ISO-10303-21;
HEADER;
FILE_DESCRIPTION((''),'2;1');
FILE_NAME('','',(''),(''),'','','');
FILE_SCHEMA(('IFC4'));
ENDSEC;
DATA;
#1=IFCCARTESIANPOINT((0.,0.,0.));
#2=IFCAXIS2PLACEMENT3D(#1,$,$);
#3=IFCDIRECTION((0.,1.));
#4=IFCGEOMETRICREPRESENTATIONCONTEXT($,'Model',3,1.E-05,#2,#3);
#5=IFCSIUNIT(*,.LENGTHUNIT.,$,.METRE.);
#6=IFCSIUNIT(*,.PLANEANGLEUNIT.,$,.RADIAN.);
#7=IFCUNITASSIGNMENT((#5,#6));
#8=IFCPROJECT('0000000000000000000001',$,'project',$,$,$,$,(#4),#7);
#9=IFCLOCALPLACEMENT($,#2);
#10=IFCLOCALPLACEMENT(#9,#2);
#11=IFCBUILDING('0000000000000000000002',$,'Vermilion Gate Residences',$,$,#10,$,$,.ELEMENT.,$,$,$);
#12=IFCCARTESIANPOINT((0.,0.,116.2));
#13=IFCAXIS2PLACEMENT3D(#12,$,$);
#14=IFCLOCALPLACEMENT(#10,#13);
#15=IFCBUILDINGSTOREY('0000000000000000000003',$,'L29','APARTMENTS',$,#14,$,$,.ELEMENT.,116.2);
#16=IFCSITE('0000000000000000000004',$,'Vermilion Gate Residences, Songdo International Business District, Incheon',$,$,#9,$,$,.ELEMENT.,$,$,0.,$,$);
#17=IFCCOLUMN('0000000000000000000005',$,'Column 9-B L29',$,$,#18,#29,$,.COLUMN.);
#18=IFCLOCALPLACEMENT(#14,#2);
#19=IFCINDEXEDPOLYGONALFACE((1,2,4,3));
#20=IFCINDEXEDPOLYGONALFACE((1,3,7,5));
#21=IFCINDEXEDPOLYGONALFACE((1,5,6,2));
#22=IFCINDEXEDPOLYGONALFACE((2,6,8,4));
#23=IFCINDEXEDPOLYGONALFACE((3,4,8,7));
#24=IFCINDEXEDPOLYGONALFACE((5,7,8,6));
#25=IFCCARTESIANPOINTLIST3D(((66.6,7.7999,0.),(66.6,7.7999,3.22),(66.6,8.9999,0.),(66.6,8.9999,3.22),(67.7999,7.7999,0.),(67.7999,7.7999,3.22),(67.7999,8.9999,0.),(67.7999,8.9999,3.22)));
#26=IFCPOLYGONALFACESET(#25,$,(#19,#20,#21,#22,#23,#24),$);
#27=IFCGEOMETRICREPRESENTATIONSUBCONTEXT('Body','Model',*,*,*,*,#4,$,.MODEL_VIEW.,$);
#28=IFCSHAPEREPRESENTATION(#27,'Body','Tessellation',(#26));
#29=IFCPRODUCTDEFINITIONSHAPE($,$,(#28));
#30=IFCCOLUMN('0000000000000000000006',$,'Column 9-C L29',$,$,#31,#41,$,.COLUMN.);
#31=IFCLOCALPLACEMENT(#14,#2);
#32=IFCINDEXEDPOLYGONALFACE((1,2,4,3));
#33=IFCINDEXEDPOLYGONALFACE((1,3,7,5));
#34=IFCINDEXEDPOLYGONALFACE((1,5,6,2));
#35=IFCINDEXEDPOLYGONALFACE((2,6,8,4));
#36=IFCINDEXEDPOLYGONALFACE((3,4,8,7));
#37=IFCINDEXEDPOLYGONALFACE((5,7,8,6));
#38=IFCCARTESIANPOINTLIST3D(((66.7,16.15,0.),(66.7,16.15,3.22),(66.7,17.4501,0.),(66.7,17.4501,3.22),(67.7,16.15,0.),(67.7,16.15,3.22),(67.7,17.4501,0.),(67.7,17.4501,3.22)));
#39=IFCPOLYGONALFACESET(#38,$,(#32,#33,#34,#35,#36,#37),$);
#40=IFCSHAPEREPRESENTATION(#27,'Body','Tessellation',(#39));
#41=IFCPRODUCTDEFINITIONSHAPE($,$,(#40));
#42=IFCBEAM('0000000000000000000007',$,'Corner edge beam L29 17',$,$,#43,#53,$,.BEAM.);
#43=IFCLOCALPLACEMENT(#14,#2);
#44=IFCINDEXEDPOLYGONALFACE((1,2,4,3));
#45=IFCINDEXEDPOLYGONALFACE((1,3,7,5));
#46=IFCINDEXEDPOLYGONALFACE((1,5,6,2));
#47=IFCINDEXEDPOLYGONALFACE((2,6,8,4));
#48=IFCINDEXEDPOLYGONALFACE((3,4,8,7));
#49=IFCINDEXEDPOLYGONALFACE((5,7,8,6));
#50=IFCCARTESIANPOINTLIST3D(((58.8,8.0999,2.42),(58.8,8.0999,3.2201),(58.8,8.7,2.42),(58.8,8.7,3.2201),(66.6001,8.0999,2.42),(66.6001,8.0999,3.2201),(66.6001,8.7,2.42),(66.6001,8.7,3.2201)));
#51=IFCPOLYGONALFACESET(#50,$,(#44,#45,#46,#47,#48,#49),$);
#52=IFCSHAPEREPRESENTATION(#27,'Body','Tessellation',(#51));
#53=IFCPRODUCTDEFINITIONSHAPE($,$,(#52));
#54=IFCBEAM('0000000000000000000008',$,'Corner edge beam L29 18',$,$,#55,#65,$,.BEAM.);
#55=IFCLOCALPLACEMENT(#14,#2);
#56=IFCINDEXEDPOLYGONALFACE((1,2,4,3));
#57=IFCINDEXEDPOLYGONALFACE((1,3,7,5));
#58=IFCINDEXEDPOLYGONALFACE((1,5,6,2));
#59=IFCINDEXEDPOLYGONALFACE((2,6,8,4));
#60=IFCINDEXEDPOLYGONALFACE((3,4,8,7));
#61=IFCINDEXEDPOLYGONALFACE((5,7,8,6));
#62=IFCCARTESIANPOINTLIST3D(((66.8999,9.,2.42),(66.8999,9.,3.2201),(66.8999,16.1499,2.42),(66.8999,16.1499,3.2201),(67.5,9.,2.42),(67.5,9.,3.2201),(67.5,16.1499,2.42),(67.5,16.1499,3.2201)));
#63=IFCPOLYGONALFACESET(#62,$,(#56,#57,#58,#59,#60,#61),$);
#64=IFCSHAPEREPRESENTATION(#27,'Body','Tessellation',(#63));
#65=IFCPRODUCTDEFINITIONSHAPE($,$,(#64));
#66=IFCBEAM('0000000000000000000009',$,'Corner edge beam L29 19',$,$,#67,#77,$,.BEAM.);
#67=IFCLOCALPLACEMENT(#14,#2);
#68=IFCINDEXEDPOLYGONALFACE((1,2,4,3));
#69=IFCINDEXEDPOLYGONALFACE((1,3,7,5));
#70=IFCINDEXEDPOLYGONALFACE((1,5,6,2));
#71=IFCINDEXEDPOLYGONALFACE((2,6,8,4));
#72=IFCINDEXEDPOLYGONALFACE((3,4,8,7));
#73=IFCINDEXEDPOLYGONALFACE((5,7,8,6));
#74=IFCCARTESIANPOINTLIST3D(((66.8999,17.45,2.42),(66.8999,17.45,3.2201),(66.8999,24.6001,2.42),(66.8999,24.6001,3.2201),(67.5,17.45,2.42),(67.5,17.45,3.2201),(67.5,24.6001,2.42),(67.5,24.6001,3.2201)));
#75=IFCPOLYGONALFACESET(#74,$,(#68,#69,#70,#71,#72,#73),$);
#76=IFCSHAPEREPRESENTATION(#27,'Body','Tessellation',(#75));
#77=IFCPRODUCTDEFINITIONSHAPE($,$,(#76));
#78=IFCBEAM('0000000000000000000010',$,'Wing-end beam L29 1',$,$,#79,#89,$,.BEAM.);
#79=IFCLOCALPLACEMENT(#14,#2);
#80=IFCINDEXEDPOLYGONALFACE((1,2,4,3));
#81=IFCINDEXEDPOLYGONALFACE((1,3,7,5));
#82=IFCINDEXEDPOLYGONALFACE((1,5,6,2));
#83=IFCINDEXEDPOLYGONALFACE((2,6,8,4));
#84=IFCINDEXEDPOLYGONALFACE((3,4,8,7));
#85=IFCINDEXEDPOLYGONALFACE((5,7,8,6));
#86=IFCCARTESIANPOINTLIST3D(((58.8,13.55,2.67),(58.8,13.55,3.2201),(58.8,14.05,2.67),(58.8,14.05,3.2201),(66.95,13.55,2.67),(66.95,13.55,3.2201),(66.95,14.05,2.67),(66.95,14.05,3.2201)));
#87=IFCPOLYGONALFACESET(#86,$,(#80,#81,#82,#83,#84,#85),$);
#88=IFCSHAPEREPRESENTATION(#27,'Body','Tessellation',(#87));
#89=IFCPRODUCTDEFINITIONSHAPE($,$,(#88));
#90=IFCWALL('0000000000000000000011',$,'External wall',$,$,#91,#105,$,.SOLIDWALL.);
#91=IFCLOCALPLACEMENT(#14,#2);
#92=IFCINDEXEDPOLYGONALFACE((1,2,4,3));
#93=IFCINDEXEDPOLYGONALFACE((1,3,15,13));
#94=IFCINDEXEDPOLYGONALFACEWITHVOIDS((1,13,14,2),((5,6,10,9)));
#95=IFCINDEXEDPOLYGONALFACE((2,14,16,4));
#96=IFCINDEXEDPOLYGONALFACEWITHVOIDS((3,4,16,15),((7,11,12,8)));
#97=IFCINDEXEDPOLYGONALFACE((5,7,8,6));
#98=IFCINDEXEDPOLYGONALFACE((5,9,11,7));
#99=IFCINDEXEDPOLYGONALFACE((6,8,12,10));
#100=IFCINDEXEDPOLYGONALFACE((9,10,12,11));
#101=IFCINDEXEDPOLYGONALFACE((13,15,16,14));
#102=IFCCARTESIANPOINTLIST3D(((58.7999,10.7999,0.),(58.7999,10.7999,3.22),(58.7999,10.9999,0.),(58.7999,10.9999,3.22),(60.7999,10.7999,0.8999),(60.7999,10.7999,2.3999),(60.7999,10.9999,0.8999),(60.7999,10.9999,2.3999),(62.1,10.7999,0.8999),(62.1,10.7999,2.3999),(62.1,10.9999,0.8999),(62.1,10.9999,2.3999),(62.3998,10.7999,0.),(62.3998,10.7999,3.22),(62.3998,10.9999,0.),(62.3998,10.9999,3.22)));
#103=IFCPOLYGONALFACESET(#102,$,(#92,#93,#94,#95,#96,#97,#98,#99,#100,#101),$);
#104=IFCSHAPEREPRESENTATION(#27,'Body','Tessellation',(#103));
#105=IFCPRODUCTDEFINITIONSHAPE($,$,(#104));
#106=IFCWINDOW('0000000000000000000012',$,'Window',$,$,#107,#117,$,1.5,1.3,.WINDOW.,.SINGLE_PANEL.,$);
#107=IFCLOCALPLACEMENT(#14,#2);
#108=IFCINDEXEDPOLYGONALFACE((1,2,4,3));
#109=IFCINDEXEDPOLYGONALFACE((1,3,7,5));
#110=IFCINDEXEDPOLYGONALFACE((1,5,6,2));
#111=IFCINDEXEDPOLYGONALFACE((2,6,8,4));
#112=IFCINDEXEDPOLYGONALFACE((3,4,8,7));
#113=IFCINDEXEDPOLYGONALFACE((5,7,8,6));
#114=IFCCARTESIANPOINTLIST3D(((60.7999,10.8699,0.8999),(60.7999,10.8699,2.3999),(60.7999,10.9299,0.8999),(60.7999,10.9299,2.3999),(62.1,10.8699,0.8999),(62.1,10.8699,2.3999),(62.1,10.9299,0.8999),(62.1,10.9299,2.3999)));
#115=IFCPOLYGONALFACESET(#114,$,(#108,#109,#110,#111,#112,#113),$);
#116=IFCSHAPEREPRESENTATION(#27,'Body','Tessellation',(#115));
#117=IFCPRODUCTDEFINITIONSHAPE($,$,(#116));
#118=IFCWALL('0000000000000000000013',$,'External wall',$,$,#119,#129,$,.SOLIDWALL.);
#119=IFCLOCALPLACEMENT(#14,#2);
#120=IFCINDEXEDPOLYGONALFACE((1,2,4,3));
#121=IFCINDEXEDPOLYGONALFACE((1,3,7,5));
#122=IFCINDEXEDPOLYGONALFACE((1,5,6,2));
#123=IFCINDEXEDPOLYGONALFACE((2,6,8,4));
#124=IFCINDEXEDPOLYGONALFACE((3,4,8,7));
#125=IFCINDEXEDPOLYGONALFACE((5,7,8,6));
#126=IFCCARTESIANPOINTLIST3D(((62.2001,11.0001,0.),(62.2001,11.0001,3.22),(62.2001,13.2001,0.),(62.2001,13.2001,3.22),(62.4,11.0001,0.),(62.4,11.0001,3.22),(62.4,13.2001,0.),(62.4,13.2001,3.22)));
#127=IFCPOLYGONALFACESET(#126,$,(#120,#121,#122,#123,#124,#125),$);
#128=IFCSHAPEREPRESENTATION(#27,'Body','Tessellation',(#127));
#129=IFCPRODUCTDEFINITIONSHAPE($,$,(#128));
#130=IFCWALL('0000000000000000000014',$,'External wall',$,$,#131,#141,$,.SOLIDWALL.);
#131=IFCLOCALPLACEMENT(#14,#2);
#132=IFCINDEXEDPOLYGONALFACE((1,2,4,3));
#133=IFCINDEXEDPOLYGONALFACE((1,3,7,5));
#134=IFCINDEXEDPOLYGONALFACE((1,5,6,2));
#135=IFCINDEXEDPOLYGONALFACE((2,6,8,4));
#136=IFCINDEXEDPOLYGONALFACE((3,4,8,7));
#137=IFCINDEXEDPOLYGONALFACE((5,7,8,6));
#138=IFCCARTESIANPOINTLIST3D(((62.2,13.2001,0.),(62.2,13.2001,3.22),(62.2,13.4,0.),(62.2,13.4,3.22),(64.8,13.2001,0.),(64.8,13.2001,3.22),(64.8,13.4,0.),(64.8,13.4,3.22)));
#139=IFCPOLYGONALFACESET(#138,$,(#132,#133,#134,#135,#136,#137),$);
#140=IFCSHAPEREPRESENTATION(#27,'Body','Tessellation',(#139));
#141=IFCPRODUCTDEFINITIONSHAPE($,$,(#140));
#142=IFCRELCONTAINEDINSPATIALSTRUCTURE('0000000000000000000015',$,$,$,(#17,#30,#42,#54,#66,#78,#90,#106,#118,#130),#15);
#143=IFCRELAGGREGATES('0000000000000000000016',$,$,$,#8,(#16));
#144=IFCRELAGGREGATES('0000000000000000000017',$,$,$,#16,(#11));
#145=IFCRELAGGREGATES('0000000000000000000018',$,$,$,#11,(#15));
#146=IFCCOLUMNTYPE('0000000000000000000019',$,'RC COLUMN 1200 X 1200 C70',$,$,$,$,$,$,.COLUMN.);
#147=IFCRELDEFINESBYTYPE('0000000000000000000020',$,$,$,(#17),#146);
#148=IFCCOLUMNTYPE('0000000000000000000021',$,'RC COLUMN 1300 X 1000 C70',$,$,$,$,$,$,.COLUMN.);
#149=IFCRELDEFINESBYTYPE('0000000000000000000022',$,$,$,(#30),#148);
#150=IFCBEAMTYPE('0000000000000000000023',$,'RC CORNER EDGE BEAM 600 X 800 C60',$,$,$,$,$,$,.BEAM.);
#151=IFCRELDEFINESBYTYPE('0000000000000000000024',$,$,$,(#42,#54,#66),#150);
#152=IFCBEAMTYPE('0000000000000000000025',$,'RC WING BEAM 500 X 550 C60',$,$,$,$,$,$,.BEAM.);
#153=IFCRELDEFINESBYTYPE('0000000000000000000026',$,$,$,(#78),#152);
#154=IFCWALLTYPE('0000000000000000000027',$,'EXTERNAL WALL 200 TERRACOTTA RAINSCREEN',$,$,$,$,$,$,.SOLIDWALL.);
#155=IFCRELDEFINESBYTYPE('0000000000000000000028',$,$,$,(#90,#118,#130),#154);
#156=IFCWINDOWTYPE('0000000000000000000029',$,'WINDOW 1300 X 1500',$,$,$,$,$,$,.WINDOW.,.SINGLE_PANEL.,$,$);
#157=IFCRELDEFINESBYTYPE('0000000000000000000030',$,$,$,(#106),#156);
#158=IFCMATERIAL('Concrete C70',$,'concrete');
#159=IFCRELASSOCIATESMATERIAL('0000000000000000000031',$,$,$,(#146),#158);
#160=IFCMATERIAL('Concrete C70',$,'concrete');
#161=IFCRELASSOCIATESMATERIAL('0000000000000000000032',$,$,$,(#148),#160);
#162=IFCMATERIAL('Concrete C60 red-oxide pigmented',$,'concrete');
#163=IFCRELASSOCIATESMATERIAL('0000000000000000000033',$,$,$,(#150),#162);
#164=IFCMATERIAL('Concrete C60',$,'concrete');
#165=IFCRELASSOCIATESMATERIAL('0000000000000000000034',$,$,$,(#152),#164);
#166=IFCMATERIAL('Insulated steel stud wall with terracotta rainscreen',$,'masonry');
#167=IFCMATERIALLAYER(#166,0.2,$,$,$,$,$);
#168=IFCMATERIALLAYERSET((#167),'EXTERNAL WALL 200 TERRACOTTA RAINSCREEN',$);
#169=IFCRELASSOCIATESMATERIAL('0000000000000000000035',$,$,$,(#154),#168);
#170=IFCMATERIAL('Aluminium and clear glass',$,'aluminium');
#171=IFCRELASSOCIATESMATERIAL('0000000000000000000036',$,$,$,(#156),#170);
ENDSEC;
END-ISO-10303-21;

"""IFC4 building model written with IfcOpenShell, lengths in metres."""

from ifc_helpers import new_model, si_unit, direction, frame, frame_2d, origin, origin_2d, place, context, subcontext, project, spatial, rectangle, extrude, material, layer, layer_set, material_profile, profile_set, type_object, element, fill, save


model = new_model("IFC4")

# Units and contexts
model_context = context("Model", 3, precision=1e-05, world=origin(), true_north=direction((0.0, 1.0)))
body_context = subcontext(model_context, "Body", "Model", "MODEL_VIEW")
ifc_project = project(units=[si_unit("LENGTHUNIT", "METRE"), si_unit("PLANEANGLEUNIT", "RADIAN")], contexts=[model_context])

# Site, building, storey
site_placement = place(None, origin())
site = spatial("IfcSite", under=ifc_project, at=site_placement, Name="Vermilion Gate Residences, Songdo International Business District, Incheon", CompositionType="ELEMENT", RefElevation=0.0)
building_placement = place(site_placement, origin())
building = spatial("IfcBuilding", under=site, at=building_placement, Name="Vermilion Gate Residences", CompositionType="ELEMENT")
storey_placement = place(building_placement, frame((0.0, 0.0, 116.2)))
storey = spatial("IfcBuildingStorey", under=building, at=storey_placement, Name="L29", Description="APARTMENTS", CompositionType="ELEMENT", Elevation=116.2)

# Columns
ifc_material_1 = material(Name="Concrete C70", Category="concrete")
ifc_material_profile_1 = material_profile(ifc_material_1, rectangle(XDim=1.2, YDim=1.2, at=origin_2d()), Name="RC-1200x1200")
ifc_profile_set_1 = profile_set([ifc_material_profile_1], Name="Concrete C70")
column_type_1 = type_object("IfcColumnType", Name="RC COLUMN 1200 X 1200 C70", PredefinedType="COLUMN", material=ifc_profile_set_1)
column_1_placement = place(storey_placement, frame((67.2, 8.3999, 0.0), z_axis=(0.0, 0.0, 1.0), x_axis=(1.0, 0.0, 0.0)))
element("IfcColumn", 1, at=column_1_placement, inside=storey, type_object=column_type_1, Name="Column 9-B L29", PredefinedType="COLUMN", context=body_context, shape_type="SweptSolid", body=[
    extrude(rectangle(XDim=1.2, YDim=1.2, at=origin_2d()), origin(), (0.0, 0.0, 1.0), 3.22),
])
ifc_material_2 = material(Name="Concrete C70", Category="concrete")
ifc_material_profile_2 = material_profile(ifc_material_2, rectangle(XDim=1.3, YDim=1.0, at=origin_2d()), Name="RC-1300x1000")
ifc_profile_set_2 = profile_set([ifc_material_profile_2], Name="Concrete C70")
column_type_2 = type_object("IfcColumnType", Name="RC COLUMN 1300 X 1000 C70", PredefinedType="COLUMN", material=ifc_profile_set_2)
column_2_placement = place(storey_placement, frame((67.2, 16.8, 0.0), z_axis=(0.0, 0.0, 1.0), x_axis=(0.0, 1.0, 0.0)))
element("IfcColumn", 2, at=column_2_placement, inside=storey, type_object=column_type_2, Name="Column 9-C L29", PredefinedType="COLUMN", context=body_context, shape_type="SweptSolid", body=[
    extrude(rectangle(XDim=1.3, YDim=1.0, at=origin_2d()), origin(), (0.0, 0.0, 1.0), 3.22),
])

# Beams
ifc_material_3 = material(Name="Concrete C60 red-oxide pigmented", Category="concrete")
ifc_material_profile_3 = material_profile(ifc_material_3, rectangle(XDim=0.6001, YDim=0.8, at=origin_2d()), Name="RC-600x800")
ifc_profile_set_3 = profile_set([ifc_material_profile_3], Name="Concrete C60 red-oxide pigmented")
beam_type_1 = type_object("IfcBeamType", Name="RC CORNER EDGE BEAM 600 X 800 C60", PredefinedType="BEAM", material=ifc_profile_set_3)
beam_1_placement = place(storey_placement, frame((58.8, 8.3999, 2.8201), z_axis=(1.0, 0.0, 0.0), x_axis=(0.0, 1.0, 0.0)))
element("IfcBeam", 3, at=beam_1_placement, inside=storey, type_object=beam_type_1, Name="Corner edge beam L29 17", PredefinedType="BEAM", context=body_context, shape_type="SweptSolid", body=[
    extrude(rectangle(XDim=0.6001, YDim=0.8, at=origin_2d()), origin(), (0.0, 0.0, 1.0), 7.8),
])
beam_2_placement = place(storey_placement, frame((67.2, 9.0, 2.8201), z_axis=(0.0, 1.0, 0.0), x_axis=(-1.0, 0.0, 0.0)))
element("IfcBeam", 4, at=beam_2_placement, inside=storey, type_object=beam_type_1, Name="Corner edge beam L29 18", PredefinedType="BEAM", context=body_context, shape_type="SweptSolid", body=[
    extrude(rectangle(XDim=0.6001, YDim=0.8, at=origin_2d()), origin(), (0.0, 0.0, 1.0), 7.1499),
])
beam_3_placement = place(storey_placement, frame((67.2, 17.45, 2.8201), z_axis=(0.0, 1.0, 0.0), x_axis=(-1.0, 0.0, 0.0)))
element("IfcBeam", 5, at=beam_3_placement, inside=storey, type_object=beam_type_1, Name="Corner edge beam L29 19", PredefinedType="BEAM", context=body_context, shape_type="SweptSolid", body=[
    extrude(rectangle(XDim=0.6001, YDim=0.8, at=origin_2d()), origin(), (0.0, 0.0, 1.0), 7.1501),
])
ifc_material_4 = material(Name="Concrete C60", Category="concrete")
ifc_material_profile_4 = material_profile(ifc_material_4, rectangle(XDim=0.5, YDim=0.55, at=origin_2d()), Name="RC-500x550")
ifc_profile_set_4 = profile_set([ifc_material_profile_4], Name="Concrete C60")
beam_type_2 = type_object("IfcBeamType", Name="RC WING BEAM 500 X 550 C60", PredefinedType="BEAM", material=ifc_profile_set_4)
beam_4_placement = place(storey_placement, frame((58.8, 13.8, 2.9451), z_axis=(1.0, 0.0, 0.0), x_axis=(0.0, 1.0, 0.0)))
element("IfcBeam", 6, at=beam_4_placement, inside=storey, type_object=beam_type_2, Name="Wing-end beam L29 1", PredefinedType="BEAM", context=body_context, shape_type="SweptSolid", body=[
    extrude(rectangle(XDim=0.5, YDim=0.55, at=origin_2d()), origin(), (0.0, 0.0, 1.0), 8.1499),
])

# Wall, opening, window
ifc_material_5 = material(Name="Insulated steel stud wall with terracotta rainscreen", Category="masonry")
ifc_layer_1 = layer(ifc_material_5, 0.2)
ifc_layer_set_1 = layer_set([ifc_layer_1], Name="EXTERNAL WALL 200 TERRACOTTA RAINSCREEN")
wall_type_1 = type_object("IfcWallType", Name="EXTERNAL WALL 200 TERRACOTTA RAINSCREEN", PredefinedType="SOLIDWALL", material=ifc_layer_set_1)
wall_1_placement = place(storey_placement, frame((58.8, 10.8999, 0.0), z_axis=(0.0, 0.0, 1.0), x_axis=(1.0, 0.0, 0.0)))
wall_1 = element("IfcWall", 7, at=wall_1_placement, inside=storey, type_object=wall_type_1, Name="External wall", PredefinedType="SOLIDWALL", context=body_context, shape_type="SweptSolid", body=[
    extrude(rectangle(XDim=3.5999, YDim=0.2, at=frame_2d((1.7998, 0.0))), origin(), (0.0, 0.0, 1.0), 3.22),
])
opening_1_placement = place(wall_1_placement, frame((2.0, 0.0, 0.8999)))
opening_1 = element("IfcOpeningElement", 8, at=opening_1_placement, cuts=wall_1, PredefinedType="OPENING", context=body_context, shape_type="SweptSolid", body=[
    extrude(rectangle(XDim=1.3, YDim=1.5, at=frame_2d((0.6499, 0.75))), frame((0.0, 0.1099, 0.0), z_axis=(0.0, -1.0, 0.0), x_axis=(1.0, 0.0, 0.0)), (0.0, 0.0, 1.0), 0.22),
])
ifc_material_6 = material(Name="Aluminium and clear glass", Category="aluminium")
window_type_1 = type_object("IfcWindowType", Name="WINDOW 1300 X 1500", PartitioningType="SINGLE_PANEL", PredefinedType="WINDOW", material=ifc_material_6)
window_1_placement = place(opening_1_placement, origin())
window_1 = element("IfcWindow", 9, at=window_1_placement, inside=storey, type_object=window_type_1, Name="Window", OverallHeight=1.5, OverallWidth=1.3, PartitioningType="SINGLE_PANEL", PredefinedType="WINDOW", context=body_context, shape_type="SweptSolid", body=[
    extrude(rectangle(XDim=1.3, YDim=1.5, at=frame_2d((0.6499, 0.75))), frame((0.0, 0.03, 0.0), z_axis=(0.0, -1.0, 0.0), x_axis=(1.0, 0.0, 0.0)), (0.0, 0.0, 1.0), 0.0601),
])
fill(opening_1, window_1)

# Walls
wall_2_placement = place(storey_placement, frame((62.3, 11.0, 0.0), z_axis=(0.0, 0.0, 1.0), x_axis=(0.0, 1.0, 0.0)))
element("IfcWall", 10, at=wall_2_placement, inside=storey, type_object=wall_type_1, Name="External wall", PredefinedType="SOLIDWALL", context=body_context, shape_type="SweptSolid", body=[
    extrude(rectangle(XDim=2.2, YDim=0.2, at=frame_2d((1.1001, 0.0))), origin(), (0.0, 0.0, 1.0), 3.22),
])
wall_3_placement = place(storey_placement, frame((62.2, 13.3, 0.0), z_axis=(0.0, 0.0, 1.0), x_axis=(1.0, 0.0, 0.0)))
element("IfcWall", 11, at=wall_3_placement, inside=storey, type_object=wall_type_1, Name="External wall", PredefinedType="SOLIDWALL", context=body_context, shape_type="SweptSolid", body=[
    extrude(rectangle(XDim=2.6001, YDim=0.2, at=frame_2d((1.3, 0.0))), origin(), (0.0, 0.0, 1.0), 3.22),
])

save(model, "model.ifc")
